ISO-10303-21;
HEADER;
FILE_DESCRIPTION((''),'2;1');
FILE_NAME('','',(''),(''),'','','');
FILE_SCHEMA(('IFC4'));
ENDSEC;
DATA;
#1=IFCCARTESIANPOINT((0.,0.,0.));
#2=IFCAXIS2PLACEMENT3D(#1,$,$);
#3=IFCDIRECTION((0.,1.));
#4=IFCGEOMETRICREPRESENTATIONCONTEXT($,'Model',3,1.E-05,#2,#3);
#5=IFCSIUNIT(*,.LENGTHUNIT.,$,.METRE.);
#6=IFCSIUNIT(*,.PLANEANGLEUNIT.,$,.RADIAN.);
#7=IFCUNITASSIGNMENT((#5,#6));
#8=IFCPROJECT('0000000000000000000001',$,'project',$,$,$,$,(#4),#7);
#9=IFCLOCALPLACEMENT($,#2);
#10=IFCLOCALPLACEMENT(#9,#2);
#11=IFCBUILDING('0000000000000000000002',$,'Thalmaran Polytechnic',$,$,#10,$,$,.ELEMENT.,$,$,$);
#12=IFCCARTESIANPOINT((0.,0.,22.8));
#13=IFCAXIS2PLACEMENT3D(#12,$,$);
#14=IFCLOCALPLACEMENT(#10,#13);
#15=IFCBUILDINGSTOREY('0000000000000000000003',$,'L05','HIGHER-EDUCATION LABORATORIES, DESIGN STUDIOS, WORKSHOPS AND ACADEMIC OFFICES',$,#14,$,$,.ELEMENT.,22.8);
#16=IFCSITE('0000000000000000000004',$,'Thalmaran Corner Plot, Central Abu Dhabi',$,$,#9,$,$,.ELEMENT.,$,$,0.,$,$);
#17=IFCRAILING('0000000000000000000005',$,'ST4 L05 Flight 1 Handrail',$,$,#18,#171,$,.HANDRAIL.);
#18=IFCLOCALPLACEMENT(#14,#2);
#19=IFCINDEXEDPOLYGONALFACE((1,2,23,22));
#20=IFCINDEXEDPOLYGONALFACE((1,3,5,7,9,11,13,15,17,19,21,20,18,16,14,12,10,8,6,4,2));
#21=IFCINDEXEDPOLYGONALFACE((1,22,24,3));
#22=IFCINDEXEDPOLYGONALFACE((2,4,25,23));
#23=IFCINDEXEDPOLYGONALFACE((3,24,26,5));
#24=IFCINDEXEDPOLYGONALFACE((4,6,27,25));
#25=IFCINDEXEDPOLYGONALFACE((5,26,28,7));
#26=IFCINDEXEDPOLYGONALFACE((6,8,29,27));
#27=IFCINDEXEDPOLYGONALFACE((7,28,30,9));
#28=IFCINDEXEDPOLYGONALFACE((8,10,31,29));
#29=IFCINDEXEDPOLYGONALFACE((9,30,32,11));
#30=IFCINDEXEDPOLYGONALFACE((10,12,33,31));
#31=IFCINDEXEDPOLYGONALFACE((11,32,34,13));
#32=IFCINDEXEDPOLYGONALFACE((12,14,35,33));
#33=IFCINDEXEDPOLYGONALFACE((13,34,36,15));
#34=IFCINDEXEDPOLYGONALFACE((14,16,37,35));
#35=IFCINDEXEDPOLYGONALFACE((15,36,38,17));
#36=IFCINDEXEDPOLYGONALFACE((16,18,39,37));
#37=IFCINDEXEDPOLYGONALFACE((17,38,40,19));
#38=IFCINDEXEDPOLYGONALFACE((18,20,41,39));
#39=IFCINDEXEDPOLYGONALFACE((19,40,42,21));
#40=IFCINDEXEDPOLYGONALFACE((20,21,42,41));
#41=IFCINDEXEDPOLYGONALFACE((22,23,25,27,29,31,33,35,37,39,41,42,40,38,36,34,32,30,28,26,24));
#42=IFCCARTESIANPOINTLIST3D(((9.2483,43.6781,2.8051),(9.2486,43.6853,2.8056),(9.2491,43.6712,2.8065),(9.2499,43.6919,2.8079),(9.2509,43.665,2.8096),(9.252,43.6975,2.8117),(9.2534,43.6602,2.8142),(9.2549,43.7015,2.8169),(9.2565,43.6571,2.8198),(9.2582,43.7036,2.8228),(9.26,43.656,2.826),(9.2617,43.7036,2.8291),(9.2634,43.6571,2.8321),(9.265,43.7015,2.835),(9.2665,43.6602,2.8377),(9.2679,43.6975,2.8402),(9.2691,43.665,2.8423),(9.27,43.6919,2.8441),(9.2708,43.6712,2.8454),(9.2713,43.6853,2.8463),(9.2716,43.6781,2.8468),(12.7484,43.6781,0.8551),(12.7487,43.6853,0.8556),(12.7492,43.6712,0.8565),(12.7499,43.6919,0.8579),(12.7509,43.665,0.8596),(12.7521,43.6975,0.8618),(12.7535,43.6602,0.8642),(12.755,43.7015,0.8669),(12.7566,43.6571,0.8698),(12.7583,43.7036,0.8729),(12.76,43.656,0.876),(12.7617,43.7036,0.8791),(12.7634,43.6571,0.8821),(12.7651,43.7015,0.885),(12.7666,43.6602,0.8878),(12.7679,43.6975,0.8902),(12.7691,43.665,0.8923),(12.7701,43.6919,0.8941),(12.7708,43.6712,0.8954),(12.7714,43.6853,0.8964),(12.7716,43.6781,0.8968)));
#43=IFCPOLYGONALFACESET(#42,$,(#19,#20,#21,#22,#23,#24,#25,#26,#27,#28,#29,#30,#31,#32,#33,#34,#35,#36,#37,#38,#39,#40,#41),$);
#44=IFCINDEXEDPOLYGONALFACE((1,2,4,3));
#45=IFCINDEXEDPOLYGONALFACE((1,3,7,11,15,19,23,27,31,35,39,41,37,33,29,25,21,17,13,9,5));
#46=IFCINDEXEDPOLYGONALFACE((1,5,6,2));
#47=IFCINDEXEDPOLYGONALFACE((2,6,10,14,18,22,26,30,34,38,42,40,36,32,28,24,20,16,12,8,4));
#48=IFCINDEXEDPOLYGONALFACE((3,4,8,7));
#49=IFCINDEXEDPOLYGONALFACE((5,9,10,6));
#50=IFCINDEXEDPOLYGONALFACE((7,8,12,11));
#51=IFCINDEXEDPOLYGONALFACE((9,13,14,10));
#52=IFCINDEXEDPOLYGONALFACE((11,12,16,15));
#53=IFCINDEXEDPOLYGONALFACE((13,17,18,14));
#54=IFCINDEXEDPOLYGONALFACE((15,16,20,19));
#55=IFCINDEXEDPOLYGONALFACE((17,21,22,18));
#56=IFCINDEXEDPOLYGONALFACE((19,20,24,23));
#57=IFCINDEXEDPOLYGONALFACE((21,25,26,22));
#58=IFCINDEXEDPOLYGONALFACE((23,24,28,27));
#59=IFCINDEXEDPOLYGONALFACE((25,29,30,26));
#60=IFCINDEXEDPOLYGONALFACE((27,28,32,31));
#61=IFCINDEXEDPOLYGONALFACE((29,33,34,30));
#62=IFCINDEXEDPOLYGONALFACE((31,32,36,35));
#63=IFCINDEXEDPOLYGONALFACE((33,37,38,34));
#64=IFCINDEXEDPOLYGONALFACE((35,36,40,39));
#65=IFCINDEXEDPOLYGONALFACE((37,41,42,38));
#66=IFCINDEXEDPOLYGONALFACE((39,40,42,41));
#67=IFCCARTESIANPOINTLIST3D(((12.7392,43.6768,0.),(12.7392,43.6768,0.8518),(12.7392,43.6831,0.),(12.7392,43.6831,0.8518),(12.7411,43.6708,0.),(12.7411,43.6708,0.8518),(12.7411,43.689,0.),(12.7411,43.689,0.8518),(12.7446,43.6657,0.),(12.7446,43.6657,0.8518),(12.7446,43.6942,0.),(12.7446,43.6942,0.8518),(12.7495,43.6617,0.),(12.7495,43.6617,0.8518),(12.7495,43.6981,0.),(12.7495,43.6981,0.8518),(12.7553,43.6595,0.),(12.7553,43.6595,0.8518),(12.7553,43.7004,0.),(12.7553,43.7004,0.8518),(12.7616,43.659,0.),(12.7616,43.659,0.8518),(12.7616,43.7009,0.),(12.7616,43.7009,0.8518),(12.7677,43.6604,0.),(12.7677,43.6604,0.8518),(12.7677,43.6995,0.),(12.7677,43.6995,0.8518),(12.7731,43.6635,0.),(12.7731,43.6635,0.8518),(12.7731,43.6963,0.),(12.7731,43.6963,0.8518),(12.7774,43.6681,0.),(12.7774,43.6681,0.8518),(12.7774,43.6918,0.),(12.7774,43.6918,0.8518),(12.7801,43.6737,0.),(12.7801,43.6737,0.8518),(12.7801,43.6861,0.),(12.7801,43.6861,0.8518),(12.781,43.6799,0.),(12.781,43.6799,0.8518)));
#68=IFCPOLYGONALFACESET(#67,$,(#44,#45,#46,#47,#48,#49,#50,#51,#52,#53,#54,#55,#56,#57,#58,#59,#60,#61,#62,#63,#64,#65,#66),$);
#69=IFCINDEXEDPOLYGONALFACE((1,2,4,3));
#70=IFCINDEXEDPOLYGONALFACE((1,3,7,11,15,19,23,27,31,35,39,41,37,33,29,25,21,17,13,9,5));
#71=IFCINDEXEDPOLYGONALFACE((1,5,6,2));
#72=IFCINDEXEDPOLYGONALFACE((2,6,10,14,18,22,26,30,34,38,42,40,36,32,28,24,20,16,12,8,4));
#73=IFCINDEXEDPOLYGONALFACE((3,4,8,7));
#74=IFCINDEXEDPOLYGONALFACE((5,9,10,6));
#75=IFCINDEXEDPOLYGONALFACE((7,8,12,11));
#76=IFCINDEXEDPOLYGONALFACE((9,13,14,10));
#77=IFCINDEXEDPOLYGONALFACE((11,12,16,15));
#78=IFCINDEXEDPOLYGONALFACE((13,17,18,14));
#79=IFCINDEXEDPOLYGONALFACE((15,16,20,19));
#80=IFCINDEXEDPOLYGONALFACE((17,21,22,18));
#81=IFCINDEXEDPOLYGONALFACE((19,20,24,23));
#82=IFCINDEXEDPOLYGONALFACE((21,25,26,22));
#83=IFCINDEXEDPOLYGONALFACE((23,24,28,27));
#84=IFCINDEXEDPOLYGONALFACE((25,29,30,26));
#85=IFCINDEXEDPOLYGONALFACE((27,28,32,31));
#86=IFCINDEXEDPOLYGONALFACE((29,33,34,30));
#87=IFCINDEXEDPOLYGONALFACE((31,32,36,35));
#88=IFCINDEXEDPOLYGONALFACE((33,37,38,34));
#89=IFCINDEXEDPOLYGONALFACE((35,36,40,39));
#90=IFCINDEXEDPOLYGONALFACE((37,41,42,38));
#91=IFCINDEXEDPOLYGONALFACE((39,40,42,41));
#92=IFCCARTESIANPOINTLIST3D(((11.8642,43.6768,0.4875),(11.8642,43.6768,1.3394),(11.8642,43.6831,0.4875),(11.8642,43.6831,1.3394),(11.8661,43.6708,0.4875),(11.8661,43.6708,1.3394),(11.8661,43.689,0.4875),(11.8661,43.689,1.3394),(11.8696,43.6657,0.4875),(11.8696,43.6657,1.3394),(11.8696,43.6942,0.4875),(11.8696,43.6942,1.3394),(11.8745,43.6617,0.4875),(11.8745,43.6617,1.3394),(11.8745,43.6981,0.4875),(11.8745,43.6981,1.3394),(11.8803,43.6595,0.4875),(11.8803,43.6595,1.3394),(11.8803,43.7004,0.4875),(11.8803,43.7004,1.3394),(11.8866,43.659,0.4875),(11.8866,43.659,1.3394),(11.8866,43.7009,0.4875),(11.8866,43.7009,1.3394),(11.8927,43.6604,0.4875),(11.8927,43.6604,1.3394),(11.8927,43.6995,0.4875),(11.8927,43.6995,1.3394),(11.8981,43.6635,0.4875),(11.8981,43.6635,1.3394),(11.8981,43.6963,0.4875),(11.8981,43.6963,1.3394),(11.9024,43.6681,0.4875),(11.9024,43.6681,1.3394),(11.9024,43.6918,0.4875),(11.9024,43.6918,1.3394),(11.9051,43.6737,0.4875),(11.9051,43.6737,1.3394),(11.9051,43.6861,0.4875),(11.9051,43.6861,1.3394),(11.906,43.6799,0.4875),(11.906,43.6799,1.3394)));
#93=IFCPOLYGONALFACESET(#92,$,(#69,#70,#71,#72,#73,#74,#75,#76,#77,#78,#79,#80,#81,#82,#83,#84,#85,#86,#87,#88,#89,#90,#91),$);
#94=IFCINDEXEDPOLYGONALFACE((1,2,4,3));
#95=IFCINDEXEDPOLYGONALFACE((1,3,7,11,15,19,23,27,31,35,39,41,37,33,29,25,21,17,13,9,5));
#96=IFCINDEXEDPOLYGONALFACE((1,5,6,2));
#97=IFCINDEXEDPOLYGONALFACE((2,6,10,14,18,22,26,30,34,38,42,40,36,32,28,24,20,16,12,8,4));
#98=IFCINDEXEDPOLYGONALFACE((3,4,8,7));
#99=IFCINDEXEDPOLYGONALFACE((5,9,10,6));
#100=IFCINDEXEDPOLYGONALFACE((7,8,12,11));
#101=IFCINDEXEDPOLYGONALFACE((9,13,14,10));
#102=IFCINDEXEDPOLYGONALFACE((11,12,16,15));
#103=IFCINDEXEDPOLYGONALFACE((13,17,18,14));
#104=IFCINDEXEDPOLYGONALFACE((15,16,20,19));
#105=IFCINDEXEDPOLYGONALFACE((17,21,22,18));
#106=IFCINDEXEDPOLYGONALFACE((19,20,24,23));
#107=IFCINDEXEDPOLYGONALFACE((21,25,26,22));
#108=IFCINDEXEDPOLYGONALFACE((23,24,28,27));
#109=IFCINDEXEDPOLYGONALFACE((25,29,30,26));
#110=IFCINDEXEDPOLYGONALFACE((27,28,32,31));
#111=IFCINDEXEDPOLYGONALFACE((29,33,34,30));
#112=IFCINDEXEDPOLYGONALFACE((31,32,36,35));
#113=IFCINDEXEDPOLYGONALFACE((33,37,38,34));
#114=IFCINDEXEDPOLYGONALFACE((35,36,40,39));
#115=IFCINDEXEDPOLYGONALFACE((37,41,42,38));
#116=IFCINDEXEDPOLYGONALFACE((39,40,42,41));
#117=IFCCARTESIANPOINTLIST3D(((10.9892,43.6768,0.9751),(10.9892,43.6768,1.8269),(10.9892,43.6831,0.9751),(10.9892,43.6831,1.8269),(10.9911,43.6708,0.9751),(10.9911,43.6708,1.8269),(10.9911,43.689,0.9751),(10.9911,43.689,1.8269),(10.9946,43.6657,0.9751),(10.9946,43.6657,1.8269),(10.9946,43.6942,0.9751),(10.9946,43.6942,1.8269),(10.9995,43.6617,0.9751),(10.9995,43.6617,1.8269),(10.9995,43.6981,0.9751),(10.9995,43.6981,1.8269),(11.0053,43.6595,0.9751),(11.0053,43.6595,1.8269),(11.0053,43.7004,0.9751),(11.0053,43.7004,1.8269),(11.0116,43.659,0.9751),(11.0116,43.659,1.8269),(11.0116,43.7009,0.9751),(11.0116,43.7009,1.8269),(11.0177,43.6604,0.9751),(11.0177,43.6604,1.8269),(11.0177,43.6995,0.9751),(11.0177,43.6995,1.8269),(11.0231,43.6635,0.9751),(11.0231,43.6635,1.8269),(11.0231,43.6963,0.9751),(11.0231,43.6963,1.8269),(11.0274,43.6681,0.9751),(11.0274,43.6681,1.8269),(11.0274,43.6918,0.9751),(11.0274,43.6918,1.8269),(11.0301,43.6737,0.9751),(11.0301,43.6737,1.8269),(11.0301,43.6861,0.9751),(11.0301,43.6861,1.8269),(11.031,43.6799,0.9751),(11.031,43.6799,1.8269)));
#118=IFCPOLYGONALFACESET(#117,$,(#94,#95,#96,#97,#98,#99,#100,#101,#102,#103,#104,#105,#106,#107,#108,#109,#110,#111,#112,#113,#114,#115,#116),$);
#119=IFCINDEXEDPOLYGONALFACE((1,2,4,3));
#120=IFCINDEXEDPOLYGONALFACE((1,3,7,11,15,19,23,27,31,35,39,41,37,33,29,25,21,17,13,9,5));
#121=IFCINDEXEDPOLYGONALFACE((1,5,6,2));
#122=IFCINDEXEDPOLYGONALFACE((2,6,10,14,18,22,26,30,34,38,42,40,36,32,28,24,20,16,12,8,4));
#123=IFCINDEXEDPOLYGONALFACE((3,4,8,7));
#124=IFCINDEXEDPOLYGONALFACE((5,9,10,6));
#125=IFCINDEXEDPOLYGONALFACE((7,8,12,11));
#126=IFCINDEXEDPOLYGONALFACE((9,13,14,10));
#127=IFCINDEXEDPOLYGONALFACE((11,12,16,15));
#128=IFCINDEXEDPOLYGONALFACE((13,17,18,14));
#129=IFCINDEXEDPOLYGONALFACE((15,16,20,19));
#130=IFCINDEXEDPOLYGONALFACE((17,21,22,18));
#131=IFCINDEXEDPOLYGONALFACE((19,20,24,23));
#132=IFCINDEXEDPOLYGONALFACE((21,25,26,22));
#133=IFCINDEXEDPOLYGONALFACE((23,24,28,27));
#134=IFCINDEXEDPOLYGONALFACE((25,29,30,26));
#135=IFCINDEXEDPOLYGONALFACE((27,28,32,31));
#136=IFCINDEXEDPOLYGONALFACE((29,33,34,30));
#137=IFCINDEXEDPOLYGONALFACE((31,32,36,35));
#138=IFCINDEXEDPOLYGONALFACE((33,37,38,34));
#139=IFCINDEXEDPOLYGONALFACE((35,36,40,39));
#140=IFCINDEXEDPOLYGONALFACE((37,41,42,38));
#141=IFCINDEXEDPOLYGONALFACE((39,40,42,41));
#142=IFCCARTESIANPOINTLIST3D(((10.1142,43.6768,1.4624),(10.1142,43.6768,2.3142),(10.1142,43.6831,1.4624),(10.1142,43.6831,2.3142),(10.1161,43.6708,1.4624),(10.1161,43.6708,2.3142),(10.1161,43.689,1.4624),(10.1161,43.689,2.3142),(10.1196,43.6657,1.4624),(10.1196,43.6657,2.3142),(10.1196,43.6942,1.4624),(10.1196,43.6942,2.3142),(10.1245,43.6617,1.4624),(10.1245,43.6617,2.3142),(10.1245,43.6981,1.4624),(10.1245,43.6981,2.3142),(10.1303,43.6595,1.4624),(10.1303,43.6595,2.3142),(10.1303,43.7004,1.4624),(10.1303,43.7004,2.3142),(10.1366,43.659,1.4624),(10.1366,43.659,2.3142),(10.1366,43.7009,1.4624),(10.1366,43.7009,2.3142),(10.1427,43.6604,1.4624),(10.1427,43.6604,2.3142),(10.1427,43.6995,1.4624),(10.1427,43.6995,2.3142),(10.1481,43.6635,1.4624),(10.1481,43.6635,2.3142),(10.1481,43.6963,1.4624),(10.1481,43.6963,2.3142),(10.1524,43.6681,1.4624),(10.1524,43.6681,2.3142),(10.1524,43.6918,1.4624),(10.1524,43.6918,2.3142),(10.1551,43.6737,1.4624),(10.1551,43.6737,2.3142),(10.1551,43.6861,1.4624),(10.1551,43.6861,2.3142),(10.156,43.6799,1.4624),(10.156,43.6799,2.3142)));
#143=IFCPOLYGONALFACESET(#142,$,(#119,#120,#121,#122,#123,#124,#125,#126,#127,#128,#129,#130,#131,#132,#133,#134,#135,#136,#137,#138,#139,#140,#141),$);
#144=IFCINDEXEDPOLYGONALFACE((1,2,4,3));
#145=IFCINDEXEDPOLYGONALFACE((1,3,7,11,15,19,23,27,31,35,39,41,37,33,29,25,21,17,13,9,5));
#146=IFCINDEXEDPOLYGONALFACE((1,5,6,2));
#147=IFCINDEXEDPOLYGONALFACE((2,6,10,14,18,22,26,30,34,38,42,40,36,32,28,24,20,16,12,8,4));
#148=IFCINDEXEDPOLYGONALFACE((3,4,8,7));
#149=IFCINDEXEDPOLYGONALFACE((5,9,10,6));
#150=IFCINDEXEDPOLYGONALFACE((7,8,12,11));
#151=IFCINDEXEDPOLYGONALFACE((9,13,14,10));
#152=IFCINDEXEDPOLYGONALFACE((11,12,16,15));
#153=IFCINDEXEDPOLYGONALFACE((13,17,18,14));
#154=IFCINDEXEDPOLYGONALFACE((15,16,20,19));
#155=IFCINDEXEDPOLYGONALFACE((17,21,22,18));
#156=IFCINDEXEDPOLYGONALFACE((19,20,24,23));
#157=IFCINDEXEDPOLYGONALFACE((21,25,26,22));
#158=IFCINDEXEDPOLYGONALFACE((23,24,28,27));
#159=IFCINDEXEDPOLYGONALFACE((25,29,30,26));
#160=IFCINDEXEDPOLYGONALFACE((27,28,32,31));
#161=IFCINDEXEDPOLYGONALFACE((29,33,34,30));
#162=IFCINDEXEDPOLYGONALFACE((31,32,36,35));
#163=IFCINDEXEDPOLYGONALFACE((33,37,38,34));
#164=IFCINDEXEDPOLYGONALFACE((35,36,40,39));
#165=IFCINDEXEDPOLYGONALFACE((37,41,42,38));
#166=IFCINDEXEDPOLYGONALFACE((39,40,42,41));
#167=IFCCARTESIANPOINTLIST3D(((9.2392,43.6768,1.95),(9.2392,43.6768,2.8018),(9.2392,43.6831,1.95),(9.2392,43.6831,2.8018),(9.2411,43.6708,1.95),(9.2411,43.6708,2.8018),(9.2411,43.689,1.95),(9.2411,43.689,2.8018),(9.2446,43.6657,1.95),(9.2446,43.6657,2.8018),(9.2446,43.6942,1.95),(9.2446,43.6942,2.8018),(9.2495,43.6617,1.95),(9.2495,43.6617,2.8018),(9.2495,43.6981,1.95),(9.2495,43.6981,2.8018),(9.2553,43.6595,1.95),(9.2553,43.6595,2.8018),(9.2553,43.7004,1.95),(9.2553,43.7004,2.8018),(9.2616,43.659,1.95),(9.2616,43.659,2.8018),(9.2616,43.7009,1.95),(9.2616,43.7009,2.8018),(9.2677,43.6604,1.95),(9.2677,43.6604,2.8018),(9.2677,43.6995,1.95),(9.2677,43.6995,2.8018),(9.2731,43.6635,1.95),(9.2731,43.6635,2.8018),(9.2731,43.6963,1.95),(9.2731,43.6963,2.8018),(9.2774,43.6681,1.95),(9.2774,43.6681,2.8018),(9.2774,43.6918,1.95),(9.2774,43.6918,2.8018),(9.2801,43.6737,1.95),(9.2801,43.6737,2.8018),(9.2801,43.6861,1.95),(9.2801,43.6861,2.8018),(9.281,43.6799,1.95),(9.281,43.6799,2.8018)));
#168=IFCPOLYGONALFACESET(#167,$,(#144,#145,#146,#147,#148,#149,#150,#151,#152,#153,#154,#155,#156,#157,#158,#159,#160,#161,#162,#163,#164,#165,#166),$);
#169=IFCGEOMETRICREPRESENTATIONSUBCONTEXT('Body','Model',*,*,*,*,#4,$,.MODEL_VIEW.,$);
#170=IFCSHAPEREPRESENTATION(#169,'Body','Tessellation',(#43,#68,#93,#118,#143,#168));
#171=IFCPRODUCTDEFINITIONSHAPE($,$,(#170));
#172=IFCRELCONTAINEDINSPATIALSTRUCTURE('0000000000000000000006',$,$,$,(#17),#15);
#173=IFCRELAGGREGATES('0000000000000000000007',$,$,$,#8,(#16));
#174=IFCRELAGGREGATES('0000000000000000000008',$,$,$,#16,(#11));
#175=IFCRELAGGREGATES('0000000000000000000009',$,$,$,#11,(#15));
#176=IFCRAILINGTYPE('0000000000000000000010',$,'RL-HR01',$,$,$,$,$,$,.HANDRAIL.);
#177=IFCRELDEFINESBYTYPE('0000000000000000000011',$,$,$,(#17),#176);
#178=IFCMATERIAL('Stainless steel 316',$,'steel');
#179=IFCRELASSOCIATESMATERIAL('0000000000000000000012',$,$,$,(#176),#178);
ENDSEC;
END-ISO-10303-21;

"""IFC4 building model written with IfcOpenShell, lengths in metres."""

from ifc_helpers import new_model, si_unit, direction, frame, origin, origin_2d, place, context, subcontext, project, spatial, circle, extrude, material, type_object, element, save


model = new_model("IFC4")

# Units and contexts
model_context = context("Model", 3, precision=1e-05, world=origin(), true_north=direction((0.0, 1.0)))
body_context = subcontext(model_context, "Body", "Model", "MODEL_VIEW")
ifc_project = project(units=[si_unit("LENGTHUNIT", "METRE"), si_unit("PLANEANGLEUNIT", "RADIAN")], contexts=[model_context])

# Site, building, storey
site_placement = place(None, origin())
site = spatial("IfcSite", under=ifc_project, at=site_placement, Name="Thalmaran Corner Plot, Central Abu Dhabi", CompositionType="ELEMENT", RefElevation=0.0)
building_placement = place(site_placement, origin())
building = spatial("IfcBuilding", under=site, at=building_placement, Name="Thalmaran Polytechnic", CompositionType="ELEMENT")
storey_placement = place(building_placement, frame((0.0, 0.0, 22.8)))
storey = spatial("IfcBuildingStorey", under=building, at=storey_placement, Name="L05", Description="HIGHER-EDUCATION LABORATORIES, DESIGN STUDIOS, WORKSHOPS AND ACADEMIC OFFICES", CompositionType="ELEMENT", Elevation=22.8)

# Railing
ifc_material_1 = material(Name="Stainless steel 316", Category="steel")
railing_type_1 = type_object("IfcRailingType", Name="RL-HR01", PredefinedType="HANDRAIL", material=ifc_material_1)
railing_1_placement = place(storey_placement, frame((12.76, 43.6799, 0.0)))
element("IfcRailing", 1, at=railing_1_placement, inside=storey, type_object=railing_type_1, Name="ST4 L05 Flight 1 Handrail", PredefinedType="HANDRAIL", context=body_context, shape_type="SweptSolid", body=[
    extrude(circle(Radius=0.0239, at=origin_2d()), frame((0.0, 0.0, 0.876), z_axis=(-0.873573, 0.0, 0.486693), x_axis=(0.0, -1.0, 0.0)), (0.0, 0.0, 1.0), 4.0066),
    extrude(circle(Radius=0.021, at=origin_2d()), origin(), (0.0, 0.0, 1.0), 0.8518),
    extrude(circle(Radius=0.021, at=origin_2d()), frame((-0.875, 0.0, 0.4875)), (0.0, 0.0, 1.0), 0.8518),
    extrude(circle(Radius=0.021, at=origin_2d()), frame((-1.75, 0.0, 0.9751)), (0.0, 0.0, 1.0), 0.8518),
    extrude(circle(Radius=0.021, at=origin_2d()), frame((-2.625, 0.0, 1.4624)), (0.0, 0.0, 1.0), 0.8518),
    extrude(circle(Radius=0.021, at=origin_2d()), frame((-3.5, 0.0, 1.95)), (0.0, 0.0, 1.0), 0.8518),
])

save(model, "model.ifc")
